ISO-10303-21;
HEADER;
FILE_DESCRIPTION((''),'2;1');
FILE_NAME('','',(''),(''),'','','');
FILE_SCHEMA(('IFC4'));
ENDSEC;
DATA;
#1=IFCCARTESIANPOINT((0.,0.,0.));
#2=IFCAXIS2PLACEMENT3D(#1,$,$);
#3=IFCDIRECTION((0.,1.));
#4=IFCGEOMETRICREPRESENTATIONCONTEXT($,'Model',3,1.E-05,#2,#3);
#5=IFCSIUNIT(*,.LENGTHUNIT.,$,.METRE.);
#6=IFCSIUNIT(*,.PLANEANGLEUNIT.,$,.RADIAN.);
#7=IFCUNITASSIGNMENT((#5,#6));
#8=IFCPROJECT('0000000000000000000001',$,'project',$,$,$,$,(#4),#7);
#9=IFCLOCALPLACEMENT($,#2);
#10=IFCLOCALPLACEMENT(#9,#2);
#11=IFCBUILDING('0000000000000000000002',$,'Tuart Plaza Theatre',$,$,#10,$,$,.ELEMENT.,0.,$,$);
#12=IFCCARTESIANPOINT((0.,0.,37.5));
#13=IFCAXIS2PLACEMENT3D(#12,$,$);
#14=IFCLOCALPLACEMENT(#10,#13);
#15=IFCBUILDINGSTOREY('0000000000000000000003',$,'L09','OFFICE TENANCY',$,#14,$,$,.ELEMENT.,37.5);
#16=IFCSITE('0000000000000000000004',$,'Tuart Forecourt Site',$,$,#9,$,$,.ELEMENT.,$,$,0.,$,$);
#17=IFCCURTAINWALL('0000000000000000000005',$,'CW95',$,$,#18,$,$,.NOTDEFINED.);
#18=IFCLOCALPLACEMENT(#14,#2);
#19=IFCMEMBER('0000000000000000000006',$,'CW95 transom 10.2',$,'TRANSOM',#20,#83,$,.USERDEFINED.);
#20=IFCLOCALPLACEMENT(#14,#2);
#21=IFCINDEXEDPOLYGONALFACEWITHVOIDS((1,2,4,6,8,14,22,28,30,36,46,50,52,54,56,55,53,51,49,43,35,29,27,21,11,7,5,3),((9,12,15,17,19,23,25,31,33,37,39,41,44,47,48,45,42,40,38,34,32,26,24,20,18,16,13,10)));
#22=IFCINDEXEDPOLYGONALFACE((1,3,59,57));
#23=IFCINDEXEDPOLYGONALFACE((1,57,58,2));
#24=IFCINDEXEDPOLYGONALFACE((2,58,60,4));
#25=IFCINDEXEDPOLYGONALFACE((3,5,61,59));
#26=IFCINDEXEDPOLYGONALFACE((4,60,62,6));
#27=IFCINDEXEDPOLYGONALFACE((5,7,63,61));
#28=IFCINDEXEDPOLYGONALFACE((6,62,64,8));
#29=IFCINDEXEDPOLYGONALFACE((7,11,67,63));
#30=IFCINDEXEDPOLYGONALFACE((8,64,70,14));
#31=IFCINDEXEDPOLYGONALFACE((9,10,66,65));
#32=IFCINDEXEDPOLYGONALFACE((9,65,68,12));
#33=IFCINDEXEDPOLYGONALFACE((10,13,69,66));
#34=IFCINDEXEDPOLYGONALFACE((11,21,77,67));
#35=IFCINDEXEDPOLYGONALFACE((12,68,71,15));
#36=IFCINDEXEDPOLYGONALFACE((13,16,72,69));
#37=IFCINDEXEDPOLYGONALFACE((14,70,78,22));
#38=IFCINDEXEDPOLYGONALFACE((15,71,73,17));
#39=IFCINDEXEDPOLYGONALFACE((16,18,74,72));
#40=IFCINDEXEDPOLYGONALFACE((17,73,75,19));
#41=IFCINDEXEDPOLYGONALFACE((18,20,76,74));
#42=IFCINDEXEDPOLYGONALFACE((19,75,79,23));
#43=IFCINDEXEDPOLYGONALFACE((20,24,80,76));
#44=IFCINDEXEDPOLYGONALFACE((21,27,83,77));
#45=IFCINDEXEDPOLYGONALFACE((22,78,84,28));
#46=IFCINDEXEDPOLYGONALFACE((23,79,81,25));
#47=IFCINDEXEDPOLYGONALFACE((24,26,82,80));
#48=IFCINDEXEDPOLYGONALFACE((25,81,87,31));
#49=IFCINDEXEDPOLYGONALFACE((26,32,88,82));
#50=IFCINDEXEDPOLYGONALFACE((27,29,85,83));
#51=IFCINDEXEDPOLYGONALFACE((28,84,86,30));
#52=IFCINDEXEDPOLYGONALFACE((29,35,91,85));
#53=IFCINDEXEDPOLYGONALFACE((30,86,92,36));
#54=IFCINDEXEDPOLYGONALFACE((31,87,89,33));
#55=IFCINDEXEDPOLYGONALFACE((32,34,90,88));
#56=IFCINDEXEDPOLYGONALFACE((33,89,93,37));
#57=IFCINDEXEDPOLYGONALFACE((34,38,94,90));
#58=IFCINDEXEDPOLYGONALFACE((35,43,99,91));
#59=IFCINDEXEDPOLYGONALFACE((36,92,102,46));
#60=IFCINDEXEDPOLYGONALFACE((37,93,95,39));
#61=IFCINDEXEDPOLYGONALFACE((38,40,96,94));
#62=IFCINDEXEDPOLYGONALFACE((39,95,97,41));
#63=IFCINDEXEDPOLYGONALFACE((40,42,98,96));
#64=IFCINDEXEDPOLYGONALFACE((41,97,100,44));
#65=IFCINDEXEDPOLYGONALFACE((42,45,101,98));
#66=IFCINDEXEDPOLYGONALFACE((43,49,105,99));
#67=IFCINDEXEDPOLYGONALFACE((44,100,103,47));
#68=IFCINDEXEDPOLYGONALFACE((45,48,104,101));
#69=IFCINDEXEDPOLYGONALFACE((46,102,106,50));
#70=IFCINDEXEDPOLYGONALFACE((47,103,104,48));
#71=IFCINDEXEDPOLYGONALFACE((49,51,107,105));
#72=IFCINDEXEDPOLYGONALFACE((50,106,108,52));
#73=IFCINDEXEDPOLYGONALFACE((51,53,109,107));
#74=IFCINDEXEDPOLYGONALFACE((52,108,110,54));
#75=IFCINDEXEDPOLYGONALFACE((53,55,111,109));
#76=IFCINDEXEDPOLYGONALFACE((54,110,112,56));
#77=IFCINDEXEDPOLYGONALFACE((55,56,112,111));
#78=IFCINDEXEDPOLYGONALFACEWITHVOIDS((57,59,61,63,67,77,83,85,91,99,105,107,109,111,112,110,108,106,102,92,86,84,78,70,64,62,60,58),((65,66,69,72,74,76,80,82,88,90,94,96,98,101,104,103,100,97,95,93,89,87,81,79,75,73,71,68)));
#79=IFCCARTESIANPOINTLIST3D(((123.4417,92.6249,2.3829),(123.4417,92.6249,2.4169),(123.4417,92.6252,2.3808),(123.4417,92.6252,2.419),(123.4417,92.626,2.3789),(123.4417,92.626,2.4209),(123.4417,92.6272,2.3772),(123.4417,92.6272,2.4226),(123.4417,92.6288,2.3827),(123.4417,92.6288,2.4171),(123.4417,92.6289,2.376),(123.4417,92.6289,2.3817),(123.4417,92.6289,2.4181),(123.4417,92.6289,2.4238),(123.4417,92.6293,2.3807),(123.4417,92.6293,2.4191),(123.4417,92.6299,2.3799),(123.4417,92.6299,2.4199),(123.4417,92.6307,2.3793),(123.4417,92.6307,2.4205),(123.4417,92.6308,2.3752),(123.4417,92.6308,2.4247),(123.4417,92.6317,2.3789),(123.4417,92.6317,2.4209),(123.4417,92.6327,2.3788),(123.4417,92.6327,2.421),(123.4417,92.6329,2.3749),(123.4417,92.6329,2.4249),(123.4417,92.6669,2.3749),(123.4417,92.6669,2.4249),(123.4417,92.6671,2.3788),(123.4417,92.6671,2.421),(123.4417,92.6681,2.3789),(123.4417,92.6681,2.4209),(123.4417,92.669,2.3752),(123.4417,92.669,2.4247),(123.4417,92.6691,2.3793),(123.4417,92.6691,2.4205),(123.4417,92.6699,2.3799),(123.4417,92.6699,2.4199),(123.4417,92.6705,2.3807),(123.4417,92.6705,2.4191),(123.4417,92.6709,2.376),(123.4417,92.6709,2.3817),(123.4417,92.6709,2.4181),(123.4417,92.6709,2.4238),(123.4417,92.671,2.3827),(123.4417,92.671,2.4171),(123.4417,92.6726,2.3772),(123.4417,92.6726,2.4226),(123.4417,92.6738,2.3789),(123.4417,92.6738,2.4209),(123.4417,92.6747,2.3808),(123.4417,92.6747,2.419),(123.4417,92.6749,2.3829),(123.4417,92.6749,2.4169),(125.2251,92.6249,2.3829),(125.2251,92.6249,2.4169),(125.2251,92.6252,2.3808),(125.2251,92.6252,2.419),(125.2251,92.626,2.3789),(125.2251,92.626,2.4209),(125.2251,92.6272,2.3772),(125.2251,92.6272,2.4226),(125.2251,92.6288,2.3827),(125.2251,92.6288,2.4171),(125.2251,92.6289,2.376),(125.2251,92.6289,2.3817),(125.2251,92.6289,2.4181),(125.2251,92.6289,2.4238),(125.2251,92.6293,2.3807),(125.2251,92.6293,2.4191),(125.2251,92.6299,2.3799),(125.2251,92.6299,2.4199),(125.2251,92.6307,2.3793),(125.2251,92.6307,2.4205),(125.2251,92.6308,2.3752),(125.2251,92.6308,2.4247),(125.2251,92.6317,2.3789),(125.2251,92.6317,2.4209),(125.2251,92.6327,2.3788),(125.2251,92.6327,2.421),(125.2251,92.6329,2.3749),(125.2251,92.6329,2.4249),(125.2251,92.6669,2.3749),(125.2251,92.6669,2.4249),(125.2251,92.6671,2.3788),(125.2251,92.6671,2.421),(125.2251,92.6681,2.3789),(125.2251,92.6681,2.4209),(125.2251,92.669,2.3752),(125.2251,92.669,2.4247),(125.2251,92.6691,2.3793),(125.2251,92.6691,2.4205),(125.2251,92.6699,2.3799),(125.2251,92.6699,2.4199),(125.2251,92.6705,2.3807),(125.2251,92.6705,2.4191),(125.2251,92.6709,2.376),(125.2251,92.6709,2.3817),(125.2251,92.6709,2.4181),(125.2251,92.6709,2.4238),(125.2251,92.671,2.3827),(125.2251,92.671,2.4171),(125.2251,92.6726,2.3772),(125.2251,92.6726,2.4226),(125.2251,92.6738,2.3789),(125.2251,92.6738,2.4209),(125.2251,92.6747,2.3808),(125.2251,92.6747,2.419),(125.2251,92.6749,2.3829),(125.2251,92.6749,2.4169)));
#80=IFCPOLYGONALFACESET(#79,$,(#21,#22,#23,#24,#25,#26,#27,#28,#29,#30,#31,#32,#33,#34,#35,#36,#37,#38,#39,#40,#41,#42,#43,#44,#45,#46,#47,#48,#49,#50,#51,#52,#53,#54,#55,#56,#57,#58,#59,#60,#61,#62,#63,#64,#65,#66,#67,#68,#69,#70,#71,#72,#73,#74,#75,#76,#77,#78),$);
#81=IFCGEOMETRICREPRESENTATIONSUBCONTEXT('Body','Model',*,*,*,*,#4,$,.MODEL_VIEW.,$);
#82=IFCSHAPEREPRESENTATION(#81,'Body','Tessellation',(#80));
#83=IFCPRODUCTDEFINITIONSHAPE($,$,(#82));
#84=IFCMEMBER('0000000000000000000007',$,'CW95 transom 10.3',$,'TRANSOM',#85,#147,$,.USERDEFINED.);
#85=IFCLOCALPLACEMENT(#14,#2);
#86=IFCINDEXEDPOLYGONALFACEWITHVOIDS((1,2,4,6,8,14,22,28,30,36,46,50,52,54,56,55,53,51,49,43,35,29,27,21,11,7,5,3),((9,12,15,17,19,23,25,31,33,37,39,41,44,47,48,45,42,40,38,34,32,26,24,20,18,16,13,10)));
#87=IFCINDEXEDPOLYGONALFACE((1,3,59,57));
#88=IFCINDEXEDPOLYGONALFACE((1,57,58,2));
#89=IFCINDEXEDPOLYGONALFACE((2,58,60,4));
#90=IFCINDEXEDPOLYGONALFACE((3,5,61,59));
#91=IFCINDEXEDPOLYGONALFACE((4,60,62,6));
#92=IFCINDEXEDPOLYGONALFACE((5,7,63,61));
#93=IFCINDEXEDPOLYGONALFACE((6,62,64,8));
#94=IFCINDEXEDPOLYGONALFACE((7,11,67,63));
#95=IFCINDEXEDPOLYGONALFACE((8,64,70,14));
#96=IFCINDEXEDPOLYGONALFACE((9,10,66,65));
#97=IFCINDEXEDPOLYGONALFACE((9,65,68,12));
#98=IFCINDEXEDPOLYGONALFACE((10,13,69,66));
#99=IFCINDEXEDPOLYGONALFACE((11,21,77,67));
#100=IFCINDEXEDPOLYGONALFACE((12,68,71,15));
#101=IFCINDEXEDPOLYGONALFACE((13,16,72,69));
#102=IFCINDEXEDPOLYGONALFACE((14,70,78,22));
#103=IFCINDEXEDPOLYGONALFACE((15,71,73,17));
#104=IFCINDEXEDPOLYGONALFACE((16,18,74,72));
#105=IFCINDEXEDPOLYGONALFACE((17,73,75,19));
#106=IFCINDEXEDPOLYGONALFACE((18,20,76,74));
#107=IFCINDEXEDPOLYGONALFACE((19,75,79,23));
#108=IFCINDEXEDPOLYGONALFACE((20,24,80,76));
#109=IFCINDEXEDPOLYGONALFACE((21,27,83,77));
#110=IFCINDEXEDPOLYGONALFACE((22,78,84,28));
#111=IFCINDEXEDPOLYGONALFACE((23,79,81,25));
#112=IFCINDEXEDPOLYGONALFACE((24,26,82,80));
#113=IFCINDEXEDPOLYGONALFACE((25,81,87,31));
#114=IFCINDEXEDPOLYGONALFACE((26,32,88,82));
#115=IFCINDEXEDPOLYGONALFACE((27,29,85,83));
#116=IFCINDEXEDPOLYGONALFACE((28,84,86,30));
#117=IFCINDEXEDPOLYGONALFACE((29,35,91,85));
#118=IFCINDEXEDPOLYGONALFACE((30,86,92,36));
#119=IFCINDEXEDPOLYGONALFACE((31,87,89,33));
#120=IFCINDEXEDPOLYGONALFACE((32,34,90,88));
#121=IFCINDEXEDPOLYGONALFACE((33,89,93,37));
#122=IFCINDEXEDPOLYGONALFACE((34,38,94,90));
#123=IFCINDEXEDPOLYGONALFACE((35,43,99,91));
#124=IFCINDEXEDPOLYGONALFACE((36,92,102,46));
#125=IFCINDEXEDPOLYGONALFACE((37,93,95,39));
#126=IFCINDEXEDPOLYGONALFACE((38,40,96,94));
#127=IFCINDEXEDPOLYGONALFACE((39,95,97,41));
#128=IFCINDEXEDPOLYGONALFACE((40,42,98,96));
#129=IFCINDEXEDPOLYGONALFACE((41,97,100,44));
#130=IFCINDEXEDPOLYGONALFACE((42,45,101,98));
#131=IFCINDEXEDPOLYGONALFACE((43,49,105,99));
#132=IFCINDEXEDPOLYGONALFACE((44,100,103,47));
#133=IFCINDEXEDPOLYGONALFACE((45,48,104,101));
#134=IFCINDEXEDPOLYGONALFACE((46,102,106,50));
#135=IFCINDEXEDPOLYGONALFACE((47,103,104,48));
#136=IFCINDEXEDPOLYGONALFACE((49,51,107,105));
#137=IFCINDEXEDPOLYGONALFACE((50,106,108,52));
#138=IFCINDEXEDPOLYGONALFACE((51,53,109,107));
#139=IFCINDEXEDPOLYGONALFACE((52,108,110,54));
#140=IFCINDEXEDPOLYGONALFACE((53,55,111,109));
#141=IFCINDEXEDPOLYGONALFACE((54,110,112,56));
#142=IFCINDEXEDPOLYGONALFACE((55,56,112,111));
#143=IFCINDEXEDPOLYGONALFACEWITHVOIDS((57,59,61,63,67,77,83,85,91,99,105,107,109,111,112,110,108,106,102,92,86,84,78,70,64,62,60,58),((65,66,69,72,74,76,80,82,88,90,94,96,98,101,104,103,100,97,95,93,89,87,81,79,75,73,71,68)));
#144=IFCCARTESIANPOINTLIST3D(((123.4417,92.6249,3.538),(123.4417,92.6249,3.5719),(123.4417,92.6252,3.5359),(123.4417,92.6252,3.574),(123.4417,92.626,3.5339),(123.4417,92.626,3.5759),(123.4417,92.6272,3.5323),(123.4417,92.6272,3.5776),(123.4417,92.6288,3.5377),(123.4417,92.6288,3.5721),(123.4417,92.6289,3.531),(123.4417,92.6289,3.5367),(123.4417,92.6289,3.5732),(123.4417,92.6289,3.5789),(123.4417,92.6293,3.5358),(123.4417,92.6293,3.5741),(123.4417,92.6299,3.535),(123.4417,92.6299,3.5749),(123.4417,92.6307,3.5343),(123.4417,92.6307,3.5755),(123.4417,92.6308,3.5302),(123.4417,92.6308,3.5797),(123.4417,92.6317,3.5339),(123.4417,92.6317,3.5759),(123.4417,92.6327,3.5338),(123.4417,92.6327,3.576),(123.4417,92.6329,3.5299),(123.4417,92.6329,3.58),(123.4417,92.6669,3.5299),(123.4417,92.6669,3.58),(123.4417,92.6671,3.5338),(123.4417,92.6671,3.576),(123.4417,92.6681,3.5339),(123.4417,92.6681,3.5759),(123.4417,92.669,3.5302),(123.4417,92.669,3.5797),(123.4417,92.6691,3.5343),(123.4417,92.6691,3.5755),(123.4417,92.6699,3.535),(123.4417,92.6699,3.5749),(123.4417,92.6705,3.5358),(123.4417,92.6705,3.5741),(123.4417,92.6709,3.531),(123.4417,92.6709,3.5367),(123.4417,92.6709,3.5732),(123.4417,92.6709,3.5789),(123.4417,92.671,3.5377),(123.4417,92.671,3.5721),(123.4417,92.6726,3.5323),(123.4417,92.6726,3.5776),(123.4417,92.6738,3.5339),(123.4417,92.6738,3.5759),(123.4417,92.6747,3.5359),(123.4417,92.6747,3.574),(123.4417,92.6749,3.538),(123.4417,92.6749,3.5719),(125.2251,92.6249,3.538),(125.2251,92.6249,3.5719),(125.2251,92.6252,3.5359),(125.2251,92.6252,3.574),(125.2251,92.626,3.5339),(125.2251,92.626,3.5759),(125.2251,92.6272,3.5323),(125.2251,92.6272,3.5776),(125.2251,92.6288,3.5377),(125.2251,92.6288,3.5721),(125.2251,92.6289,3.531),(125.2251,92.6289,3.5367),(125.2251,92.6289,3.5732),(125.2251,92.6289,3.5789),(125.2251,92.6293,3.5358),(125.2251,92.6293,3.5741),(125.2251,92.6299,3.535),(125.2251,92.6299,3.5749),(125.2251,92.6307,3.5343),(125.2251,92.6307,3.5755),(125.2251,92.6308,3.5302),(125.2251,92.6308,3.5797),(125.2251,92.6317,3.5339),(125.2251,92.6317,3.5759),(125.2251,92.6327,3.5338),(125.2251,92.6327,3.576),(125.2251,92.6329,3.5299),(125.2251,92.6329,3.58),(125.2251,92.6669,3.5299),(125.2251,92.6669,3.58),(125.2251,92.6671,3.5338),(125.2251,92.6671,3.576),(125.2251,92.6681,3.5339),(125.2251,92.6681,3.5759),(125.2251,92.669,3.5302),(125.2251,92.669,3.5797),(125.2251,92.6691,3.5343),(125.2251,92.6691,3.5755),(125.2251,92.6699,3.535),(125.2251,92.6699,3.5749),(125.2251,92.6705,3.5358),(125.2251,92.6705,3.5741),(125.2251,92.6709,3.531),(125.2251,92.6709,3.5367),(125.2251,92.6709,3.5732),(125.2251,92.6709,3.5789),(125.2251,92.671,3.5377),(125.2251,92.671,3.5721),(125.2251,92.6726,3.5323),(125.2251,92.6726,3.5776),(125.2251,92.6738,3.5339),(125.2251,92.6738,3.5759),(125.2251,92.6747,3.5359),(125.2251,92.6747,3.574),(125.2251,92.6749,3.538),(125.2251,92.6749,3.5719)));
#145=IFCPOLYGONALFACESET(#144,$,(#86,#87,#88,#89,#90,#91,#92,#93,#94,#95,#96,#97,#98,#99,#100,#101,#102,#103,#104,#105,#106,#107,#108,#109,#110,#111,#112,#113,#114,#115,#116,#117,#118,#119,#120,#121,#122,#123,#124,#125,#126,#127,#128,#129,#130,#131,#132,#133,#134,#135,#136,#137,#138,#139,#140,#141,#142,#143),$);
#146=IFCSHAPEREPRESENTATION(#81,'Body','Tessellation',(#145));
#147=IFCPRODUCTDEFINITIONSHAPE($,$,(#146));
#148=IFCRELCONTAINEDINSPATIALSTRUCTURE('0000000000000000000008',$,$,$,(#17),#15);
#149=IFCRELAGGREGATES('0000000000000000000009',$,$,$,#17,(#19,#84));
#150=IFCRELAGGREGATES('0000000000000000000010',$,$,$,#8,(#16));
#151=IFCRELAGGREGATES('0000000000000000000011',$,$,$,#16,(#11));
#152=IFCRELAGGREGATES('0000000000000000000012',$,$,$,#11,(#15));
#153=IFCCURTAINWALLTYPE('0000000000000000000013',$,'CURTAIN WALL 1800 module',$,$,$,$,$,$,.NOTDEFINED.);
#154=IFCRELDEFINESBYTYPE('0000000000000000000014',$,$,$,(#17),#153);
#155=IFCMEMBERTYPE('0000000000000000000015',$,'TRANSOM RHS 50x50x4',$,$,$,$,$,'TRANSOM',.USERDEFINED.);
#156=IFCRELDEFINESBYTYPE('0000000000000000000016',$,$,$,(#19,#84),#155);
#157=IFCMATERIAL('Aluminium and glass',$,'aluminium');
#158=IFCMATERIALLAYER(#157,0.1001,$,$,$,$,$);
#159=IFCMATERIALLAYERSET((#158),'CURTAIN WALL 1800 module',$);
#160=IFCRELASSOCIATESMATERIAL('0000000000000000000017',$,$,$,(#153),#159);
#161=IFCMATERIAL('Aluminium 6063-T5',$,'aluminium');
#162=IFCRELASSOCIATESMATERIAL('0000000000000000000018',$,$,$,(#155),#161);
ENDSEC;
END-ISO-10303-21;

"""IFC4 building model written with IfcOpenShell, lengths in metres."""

from ifc_helpers import new_model, si_unit, direction, frame, origin, origin_2d, place, context, subcontext, project, spatial, hollow_rectangle, extrude, material, layer, layer_set, material_profile, profile_set, type_object, element, aggregate, save


model = new_model("IFC4")

# Units and contexts
model_context = context("Model", 3, precision=1e-05, world=origin(), true_north=direction((0.0, 1.0)))
body_context = subcontext(model_context, "Body", "Model", "MODEL_VIEW")
ifc_project = project(units=[si_unit("LENGTHUNIT", "METRE"), si_unit("PLANEANGLEUNIT", "RADIAN")], contexts=[model_context])

# Site, building, storey
site_placement = place(None, origin())
site = spatial("IfcSite", under=ifc_project, at=site_placement, Name="Tuart Forecourt Site", CompositionType="ELEMENT", RefElevation=0.0)
building_placement = place(site_placement, origin())
building = spatial("IfcBuilding", under=site, at=building_placement, Name="Tuart Plaza Theatre", CompositionType="ELEMENT", ElevationOfRefHeight=0.0)
storey_placement = place(building_placement, frame((0.0, 0.0, 37.5)))
storey = spatial("IfcBuildingStorey", under=building, at=storey_placement, Name="L09", Description="OFFICE TENANCY", CompositionType="ELEMENT", Elevation=37.5)

# Curtain wall, members
ifc_material_1 = material(Name="Aluminium and glass", Category="aluminium")
ifc_layer_1 = layer(ifc_material_1, 0.1001)
ifc_layer_set_1 = layer_set([ifc_layer_1], Name="CURTAIN WALL 1800 module")
curtain_wall_type = type_object("IfcCurtainWallType", Name="CURTAIN WALL 1800 module", PredefinedType="NOTDEFINED", material=ifc_layer_set_1)
curtain_wall_placement = place(storey_placement, origin())
curtain_wall = element("IfcCurtainWall", 1, at=curtain_wall_placement, inside=storey, type_object=curtain_wall_type, Name="CW95", PredefinedType="NOTDEFINED")
ifc_material_2 = material(Name="Aluminium 6063-T5", Category="aluminium")
ifc_material_profile_1 = material_profile(ifc_material_2, hollow_rectangle(XDim=0.05, YDim=0.05, WallThickness=0.0039, InnerFilletRadius=0.0039, OuterFilletRadius=0.0081, at=origin_2d()), Name="RHS 50x50x4")
ifc_profile_set_1 = profile_set([ifc_material_profile_1], Name="Aluminium 6063-T5")
member_type_1 = type_object("IfcMemberType", Name="TRANSOM RHS 50x50x4", ElementType="TRANSOM", PredefinedType="USERDEFINED", material=ifc_profile_set_1)
member_1_placement = place(storey_placement, frame((125.2251, 92.6499, 2.3999), z_axis=(-1.0, 0.0, 0.0), x_axis=(0.0, -1.0, 0.0)))
member_1 = element("IfcMember", 2, at=member_1_placement, type_object=member_type_1, Name="CW95 transom 10.2", ObjectType="TRANSOM", PredefinedType="USERDEFINED", context=body_context, shape_type="SweptSolid", body=[
    extrude(hollow_rectangle(XDim=0.05, YDim=0.05, WallThickness=0.0039, InnerFilletRadius=0.0039, OuterFilletRadius=0.0081, at=origin_2d()), origin(), (0.0, 0.0, 1.0), 1.7834),
])
member_2_placement = place(storey_placement, frame((125.2251, 92.6499, 3.5549), z_axis=(-1.0, 0.0, 0.0), x_axis=(0.0, -1.0, 0.0)))
member_2 = element("IfcMember", 3, at=member_2_placement, type_object=member_type_1, Name="CW95 transom 10.3", ObjectType="TRANSOM", PredefinedType="USERDEFINED", context=body_context, shape_type="SweptSolid", body=[
    extrude(hollow_rectangle(XDim=0.05, YDim=0.05, WallThickness=0.0039, InnerFilletRadius=0.0039, OuterFilletRadius=0.0081, at=origin_2d()), origin(), (0.0, 0.0, 1.0), 1.7834),
])
aggregate(curtain_wall, [member_1, member_2])

save(model, "model.ifc")
